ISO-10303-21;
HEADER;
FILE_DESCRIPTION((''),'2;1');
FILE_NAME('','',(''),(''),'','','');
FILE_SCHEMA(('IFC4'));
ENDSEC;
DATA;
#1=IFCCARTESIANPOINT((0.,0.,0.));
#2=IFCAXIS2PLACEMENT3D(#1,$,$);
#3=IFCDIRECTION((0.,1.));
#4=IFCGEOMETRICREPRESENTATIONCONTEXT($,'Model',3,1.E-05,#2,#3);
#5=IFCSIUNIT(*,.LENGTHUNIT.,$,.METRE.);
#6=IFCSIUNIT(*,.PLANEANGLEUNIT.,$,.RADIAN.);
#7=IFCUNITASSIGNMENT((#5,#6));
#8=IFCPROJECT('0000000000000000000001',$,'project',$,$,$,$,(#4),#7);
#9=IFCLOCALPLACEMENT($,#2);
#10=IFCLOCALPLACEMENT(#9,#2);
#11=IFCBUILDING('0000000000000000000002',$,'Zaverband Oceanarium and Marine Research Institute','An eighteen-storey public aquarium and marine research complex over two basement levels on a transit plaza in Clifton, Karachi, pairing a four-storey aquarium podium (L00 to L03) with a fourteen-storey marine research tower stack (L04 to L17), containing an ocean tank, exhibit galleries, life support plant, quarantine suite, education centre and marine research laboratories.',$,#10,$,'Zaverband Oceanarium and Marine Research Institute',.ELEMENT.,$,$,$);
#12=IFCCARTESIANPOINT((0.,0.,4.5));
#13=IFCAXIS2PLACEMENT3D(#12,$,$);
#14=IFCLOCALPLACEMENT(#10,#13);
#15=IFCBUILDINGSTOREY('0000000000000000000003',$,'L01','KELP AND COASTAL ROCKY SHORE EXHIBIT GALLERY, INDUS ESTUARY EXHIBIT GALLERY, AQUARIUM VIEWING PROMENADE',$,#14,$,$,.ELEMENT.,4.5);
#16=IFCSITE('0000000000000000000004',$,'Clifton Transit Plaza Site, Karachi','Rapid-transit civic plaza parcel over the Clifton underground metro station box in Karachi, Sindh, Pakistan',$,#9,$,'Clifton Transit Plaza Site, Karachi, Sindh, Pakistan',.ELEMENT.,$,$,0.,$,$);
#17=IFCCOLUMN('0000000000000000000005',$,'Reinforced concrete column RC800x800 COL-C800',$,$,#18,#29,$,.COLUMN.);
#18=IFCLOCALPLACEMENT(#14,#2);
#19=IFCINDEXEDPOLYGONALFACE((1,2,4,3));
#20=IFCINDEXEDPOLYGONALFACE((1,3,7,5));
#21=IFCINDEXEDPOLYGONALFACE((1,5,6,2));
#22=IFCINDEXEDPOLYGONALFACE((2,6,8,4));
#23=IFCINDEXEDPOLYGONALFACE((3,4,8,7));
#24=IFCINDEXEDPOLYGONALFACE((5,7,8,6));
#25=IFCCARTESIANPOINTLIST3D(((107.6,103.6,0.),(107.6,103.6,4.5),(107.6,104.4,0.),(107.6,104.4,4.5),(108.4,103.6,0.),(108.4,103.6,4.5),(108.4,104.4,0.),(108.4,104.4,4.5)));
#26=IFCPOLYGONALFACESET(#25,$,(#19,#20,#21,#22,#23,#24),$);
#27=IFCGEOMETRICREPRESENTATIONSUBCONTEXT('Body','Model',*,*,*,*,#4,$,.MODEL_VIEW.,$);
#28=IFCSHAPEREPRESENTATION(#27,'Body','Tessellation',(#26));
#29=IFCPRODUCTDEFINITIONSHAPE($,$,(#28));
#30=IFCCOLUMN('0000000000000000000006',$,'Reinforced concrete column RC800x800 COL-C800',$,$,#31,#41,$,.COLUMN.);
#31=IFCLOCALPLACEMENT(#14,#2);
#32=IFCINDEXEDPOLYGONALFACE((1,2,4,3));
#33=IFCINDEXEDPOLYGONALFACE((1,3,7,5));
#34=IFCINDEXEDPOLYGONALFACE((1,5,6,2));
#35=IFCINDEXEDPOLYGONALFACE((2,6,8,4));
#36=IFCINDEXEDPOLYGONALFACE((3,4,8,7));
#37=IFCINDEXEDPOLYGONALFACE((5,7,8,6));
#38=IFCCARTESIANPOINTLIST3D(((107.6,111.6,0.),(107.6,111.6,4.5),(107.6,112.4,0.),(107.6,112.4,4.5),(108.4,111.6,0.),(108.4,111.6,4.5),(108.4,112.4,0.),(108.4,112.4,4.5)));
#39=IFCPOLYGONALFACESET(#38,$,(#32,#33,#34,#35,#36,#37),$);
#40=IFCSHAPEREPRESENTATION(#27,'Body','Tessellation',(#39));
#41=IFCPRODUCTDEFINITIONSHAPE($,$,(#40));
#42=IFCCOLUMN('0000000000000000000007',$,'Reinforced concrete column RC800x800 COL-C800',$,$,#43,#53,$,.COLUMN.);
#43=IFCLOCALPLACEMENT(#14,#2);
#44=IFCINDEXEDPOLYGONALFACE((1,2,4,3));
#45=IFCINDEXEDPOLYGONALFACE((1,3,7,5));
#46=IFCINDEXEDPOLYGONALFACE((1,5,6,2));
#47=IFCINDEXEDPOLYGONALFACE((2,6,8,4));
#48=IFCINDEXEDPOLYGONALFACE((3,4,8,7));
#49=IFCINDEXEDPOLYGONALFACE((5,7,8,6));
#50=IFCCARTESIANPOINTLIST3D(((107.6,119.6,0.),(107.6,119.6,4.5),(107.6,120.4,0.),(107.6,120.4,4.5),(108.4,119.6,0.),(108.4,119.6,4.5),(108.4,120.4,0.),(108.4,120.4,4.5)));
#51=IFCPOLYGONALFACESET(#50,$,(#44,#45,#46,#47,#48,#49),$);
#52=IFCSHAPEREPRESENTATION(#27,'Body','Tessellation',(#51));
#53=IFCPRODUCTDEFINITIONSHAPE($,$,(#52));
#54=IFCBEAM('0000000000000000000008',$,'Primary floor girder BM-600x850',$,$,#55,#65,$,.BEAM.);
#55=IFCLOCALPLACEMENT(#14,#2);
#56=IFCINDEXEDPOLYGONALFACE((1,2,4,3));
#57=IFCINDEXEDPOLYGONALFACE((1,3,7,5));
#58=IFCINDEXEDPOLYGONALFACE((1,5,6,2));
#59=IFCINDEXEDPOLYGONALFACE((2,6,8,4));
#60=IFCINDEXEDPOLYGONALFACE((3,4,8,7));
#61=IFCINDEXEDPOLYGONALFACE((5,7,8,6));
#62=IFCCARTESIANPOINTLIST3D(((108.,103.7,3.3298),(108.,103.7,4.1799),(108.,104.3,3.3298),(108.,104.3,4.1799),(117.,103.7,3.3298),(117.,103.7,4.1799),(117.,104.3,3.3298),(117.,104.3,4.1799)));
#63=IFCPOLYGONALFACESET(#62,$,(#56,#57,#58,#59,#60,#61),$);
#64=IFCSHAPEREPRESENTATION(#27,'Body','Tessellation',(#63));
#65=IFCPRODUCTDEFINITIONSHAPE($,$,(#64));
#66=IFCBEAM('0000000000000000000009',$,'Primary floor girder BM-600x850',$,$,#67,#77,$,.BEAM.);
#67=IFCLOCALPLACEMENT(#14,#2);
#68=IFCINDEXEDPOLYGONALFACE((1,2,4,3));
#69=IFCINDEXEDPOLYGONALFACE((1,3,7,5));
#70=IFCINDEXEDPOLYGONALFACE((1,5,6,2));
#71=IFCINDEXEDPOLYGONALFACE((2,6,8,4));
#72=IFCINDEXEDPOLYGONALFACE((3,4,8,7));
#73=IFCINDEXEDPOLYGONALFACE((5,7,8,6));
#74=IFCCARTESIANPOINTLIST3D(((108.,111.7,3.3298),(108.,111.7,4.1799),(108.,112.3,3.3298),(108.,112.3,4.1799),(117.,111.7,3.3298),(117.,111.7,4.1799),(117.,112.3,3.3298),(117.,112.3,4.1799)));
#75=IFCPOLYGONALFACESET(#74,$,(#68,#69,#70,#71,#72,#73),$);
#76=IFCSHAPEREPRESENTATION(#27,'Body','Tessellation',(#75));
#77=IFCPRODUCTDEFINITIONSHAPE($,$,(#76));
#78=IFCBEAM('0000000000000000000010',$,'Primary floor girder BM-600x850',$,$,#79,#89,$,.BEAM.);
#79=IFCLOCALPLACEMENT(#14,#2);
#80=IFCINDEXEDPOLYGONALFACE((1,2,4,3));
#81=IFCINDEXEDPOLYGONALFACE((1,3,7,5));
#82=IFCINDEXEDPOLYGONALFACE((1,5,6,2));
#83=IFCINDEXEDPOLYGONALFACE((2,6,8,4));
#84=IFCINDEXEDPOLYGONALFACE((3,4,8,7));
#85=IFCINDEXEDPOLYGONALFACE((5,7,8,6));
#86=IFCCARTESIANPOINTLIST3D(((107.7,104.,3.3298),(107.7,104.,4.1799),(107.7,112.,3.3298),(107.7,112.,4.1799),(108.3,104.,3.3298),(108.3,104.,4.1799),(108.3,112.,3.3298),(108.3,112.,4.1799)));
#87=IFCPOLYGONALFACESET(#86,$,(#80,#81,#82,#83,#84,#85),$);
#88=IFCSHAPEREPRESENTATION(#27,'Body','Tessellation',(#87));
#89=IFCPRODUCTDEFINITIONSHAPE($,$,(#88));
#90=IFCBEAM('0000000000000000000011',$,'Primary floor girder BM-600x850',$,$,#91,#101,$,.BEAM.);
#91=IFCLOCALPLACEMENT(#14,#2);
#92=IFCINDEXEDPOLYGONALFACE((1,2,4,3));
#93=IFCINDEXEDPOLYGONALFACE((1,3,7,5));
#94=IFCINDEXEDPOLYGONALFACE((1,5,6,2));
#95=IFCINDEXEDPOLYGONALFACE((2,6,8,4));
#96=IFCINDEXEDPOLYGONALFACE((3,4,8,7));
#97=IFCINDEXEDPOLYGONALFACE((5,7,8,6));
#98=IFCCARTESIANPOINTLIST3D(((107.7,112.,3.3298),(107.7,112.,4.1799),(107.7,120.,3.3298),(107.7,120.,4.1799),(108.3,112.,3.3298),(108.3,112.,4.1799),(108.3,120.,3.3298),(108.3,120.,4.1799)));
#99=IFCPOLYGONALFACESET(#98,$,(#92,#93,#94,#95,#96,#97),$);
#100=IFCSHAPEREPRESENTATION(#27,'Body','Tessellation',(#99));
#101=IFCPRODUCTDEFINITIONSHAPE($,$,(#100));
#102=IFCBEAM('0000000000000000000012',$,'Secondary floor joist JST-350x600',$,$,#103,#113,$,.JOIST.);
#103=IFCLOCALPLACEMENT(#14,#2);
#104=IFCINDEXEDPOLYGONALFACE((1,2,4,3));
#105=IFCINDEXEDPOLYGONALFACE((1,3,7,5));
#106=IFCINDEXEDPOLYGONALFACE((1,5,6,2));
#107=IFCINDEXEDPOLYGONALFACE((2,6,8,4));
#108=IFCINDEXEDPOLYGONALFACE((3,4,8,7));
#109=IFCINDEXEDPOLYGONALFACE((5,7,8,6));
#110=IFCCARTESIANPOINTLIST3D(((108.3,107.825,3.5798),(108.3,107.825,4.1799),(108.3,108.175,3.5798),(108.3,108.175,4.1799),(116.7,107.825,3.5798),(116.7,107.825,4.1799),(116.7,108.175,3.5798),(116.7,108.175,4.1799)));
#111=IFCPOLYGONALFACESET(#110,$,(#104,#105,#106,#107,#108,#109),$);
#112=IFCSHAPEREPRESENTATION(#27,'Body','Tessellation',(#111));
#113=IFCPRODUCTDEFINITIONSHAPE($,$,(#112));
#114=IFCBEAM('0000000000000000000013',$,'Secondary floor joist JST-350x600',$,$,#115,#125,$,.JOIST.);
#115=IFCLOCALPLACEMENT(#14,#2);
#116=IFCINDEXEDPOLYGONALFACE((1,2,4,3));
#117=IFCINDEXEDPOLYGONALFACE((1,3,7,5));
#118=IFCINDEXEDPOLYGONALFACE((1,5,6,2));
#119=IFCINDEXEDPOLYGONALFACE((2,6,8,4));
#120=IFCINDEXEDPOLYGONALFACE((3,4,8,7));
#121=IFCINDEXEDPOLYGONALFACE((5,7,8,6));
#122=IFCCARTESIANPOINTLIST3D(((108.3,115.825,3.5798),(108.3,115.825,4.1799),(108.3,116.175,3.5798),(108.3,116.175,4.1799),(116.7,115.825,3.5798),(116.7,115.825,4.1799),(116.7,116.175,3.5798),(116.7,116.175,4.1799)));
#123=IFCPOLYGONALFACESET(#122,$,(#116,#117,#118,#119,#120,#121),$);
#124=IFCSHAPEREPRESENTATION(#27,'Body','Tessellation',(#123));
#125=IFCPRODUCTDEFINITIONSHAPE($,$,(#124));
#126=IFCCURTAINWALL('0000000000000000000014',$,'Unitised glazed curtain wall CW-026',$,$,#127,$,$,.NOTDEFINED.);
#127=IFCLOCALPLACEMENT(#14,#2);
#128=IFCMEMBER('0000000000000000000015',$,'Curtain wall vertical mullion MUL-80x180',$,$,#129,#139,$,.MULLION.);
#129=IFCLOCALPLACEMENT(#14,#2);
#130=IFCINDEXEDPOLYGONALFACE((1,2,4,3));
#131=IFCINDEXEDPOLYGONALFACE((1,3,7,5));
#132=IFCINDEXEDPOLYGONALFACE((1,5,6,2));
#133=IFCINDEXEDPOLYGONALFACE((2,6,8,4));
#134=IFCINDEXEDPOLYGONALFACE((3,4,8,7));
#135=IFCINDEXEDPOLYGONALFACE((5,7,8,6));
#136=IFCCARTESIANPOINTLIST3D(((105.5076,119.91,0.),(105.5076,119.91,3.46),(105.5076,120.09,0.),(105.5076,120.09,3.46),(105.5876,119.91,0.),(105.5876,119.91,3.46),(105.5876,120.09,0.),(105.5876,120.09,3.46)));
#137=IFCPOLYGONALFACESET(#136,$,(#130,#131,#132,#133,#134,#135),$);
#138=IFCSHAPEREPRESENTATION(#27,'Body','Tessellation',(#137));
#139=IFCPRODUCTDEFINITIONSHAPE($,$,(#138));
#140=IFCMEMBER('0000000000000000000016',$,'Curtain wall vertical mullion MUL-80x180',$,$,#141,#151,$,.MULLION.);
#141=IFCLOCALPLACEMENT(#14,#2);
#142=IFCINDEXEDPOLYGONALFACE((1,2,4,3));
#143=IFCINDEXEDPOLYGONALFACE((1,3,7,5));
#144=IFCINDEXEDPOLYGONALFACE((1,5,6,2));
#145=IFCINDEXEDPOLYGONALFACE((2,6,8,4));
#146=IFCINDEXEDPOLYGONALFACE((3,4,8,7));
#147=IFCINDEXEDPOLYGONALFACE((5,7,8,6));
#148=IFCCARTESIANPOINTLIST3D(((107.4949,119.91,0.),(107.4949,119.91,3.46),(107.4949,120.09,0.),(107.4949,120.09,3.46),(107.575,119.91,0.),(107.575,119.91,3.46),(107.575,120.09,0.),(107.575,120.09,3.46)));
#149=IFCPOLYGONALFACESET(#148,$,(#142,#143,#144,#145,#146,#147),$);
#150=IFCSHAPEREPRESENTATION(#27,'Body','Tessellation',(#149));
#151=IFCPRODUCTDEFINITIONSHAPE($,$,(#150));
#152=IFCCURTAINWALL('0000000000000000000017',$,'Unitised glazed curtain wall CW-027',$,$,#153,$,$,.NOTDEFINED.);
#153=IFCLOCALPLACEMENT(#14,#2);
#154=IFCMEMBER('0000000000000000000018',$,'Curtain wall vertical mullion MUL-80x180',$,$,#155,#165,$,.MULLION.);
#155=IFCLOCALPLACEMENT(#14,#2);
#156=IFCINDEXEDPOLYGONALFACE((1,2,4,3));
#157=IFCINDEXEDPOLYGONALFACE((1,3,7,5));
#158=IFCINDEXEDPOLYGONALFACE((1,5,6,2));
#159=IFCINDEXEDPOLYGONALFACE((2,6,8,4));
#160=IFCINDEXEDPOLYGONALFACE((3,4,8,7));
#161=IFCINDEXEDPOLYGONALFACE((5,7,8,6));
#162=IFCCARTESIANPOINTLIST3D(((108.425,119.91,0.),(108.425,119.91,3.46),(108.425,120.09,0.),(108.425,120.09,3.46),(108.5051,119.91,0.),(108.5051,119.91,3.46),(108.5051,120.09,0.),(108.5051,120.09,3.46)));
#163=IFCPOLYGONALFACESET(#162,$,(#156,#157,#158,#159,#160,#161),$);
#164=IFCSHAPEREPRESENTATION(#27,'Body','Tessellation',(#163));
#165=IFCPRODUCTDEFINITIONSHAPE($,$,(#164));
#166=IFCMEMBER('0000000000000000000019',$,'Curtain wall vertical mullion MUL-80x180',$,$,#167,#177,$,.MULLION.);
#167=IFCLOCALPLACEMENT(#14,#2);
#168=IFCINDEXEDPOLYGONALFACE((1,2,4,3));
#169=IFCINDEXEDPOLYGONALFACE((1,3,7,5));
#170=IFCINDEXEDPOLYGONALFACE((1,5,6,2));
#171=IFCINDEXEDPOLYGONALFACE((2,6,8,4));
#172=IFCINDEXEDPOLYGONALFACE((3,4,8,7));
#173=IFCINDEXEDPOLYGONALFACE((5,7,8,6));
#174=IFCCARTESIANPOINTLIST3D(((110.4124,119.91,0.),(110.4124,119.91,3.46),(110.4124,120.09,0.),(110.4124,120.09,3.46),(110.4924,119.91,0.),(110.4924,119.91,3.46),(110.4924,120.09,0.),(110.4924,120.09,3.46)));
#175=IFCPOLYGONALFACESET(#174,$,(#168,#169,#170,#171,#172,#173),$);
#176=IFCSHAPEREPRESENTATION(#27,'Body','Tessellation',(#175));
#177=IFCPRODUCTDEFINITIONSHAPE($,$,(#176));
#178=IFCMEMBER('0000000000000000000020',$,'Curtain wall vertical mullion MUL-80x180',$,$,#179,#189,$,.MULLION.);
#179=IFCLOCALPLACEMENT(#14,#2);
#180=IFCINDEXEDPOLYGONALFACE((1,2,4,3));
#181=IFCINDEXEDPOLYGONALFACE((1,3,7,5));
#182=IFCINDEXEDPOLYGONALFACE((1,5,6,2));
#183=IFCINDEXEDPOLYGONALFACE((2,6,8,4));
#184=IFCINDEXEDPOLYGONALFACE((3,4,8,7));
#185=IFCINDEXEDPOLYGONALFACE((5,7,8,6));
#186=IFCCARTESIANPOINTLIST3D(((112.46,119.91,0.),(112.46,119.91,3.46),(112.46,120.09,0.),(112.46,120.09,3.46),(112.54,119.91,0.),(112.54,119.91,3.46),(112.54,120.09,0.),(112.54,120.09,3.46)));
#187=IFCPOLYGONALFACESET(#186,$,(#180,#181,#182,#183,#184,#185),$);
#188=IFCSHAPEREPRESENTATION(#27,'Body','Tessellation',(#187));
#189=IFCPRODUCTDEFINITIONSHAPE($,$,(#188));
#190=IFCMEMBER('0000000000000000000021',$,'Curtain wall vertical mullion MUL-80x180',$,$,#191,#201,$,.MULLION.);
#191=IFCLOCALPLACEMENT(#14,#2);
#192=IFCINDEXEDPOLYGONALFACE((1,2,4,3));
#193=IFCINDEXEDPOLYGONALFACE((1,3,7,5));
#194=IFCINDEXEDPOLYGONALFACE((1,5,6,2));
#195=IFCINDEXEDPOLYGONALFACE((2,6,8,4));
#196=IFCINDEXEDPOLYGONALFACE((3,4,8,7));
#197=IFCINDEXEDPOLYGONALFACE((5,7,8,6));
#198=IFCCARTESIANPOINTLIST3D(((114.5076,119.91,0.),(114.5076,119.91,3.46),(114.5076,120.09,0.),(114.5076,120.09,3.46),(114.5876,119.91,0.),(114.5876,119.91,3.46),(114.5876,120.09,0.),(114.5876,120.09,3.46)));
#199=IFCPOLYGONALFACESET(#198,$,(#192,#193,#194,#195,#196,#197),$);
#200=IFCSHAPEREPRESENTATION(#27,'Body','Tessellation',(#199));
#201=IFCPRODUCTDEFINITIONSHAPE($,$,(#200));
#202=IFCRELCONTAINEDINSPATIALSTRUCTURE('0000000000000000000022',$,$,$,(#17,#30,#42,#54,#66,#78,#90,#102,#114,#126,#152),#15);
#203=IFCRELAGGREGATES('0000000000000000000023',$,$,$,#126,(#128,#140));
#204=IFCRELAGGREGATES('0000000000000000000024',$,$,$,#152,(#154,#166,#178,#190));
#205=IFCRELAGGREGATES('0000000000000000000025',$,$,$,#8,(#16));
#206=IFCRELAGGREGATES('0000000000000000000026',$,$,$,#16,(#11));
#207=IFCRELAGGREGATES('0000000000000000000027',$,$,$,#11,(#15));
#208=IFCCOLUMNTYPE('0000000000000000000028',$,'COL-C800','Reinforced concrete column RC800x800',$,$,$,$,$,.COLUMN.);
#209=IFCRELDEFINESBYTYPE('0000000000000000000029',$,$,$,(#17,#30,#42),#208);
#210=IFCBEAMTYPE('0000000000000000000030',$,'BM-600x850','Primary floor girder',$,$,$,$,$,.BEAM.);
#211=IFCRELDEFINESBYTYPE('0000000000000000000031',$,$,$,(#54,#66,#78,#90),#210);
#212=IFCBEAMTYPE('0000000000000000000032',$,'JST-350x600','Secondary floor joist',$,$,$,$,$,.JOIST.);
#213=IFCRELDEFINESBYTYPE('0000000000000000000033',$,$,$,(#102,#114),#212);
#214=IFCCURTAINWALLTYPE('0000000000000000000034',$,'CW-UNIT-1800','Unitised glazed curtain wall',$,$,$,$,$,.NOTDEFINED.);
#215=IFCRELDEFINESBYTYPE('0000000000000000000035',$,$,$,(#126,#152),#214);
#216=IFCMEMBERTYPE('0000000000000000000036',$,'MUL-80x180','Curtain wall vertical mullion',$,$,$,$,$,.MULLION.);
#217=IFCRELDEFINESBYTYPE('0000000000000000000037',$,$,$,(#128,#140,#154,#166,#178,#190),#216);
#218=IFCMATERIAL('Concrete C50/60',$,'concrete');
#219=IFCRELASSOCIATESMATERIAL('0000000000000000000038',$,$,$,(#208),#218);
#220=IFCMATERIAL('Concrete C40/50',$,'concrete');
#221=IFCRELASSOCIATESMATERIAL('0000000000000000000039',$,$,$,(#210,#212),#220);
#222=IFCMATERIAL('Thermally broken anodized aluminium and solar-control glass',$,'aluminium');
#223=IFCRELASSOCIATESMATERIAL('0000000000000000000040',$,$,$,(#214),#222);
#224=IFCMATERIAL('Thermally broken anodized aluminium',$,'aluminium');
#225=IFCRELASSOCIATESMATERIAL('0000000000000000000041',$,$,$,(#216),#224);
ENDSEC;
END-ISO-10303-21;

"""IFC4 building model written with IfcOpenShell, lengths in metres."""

from ifc_helpers import new_model, si_unit, direction, frame, origin, origin_2d, place, context, subcontext, project, spatial, rectangle, extrude, material, material_profile, profile_set, type_object, element, aggregate, save


model = new_model("IFC4")

# Units and contexts
model_context = context("Model", 3, precision=1e-05, world=origin(), true_north=direction((0.0, 1.0)))
body_context = subcontext(model_context, "Body", "Model", "MODEL_VIEW")
ifc_project = project(units=[si_unit("LENGTHUNIT", "METRE"), si_unit("PLANEANGLEUNIT", "RADIAN")], contexts=[model_context])

# Site, building, storey
site_placement = place(None, origin())
site = spatial("IfcSite", under=ifc_project, at=site_placement, Name="Clifton Transit Plaza Site, Karachi", Description="Rapid-transit civic plaza parcel over the Clifton underground metro station box in Karachi, Sindh, Pakistan", LongName="Clifton Transit Plaza Site, Karachi, Sindh, Pakistan", CompositionType="ELEMENT", RefElevation=0.0)
building_placement = place(site_placement, origin())
building = spatial("IfcBuilding", under=site, at=building_placement, Name="Zaverband Oceanarium and Marine Research Institute", Description="An eighteen-storey public aquarium and marine research complex over two basement levels on a transit plaza in Clifton, Karachi, pairing a four-storey aquarium podium (L00 to L03) with a fourteen-storey marine research tower stack (L04 to L17), containing an ocean tank, exhibit galleries, life support plant, quarantine suite, education centre and marine research laboratories.", LongName="Zaverband Oceanarium and Marine Research Institute", CompositionType="ELEMENT")
storey_placement = place(building_placement, frame((0.0, 0.0, 4.5)))
storey = spatial("IfcBuildingStorey", under=building, at=storey_placement, Name="L01", Description="KELP AND COASTAL ROCKY SHORE EXHIBIT GALLERY, INDUS ESTUARY EXHIBIT GALLERY, AQUARIUM VIEWING PROMENADE", CompositionType="ELEMENT", Elevation=4.5)

# Columns
ifc_material_1 = material(Name="Concrete C50/60", Category="concrete")
ifc_material_profile_1 = material_profile(ifc_material_1, rectangle(XDim=0.8, YDim=0.8, at=origin_2d()), Name="RC800x800")
ifc_profile_set_1 = profile_set([ifc_material_profile_1], Name="Concrete C50/60")
column_type = type_object("IfcColumnType", Name="COL-C800", Description="Reinforced concrete column RC800x800", PredefinedType="COLUMN", material=ifc_profile_set_1)
for number, where, z_axis, x_axis, name in (
    (1, (108.0, 104.0, 0.0), (0.0, 0.0, 1.0), (1.0, 0.0, 0.0), "Reinforced concrete column RC800x800 COL-C800"),
    (2, (108.0, 112.0, 0.0), (0.0, 0.0, 1.0), (1.0, 0.0, 0.0), "Reinforced concrete column RC800x800 COL-C800"),
    (3, (108.0, 120.0, 0.0), (0.0, 0.0, 1.0), (1.0, 0.0, 0.0), "Reinforced concrete column RC800x800 COL-C800"),
):
    element("IfcColumn", number, at=place(storey_placement, frame(where, z_axis=z_axis, x_axis=x_axis)), inside=storey, type_object=column_type, Name=name, PredefinedType="COLUMN", context=body_context, shape_type="SweptSolid", body=[
        extrude(rectangle(XDim=0.8, YDim=0.8, at=origin_2d()), origin(), (0.0, 0.0, 1.0), 4.5),
    ])

# Beams
ifc_material_2 = material(Name="Concrete C40/50", Category="concrete")
ifc_material_profile_2 = material_profile(ifc_material_2, rectangle(XDim=0.6001, YDim=0.8501, at=origin_2d()), Name="RC600x850")
ifc_profile_set_2 = profile_set([ifc_material_profile_2], Name="Concrete C40/50")
beam_type_1 = type_object("IfcBeamType", Name="BM-600x850", Description="Primary floor girder", PredefinedType="BEAM", material=ifc_profile_set_2)
for number, where, z_axis, x_axis, name in (
    (4, (108.0, 104.0, 3.7549), (1.0, 0.0, 0.0), (0.0, 1.0, 0.0), "Primary floor girder BM-600x850"),
    (5, (108.0, 112.0, 3.7549), (1.0, 0.0, 0.0), (0.0, 1.0, 0.0), "Primary floor girder BM-600x850"),
):
    element("IfcBeam", number, at=place(storey_placement, frame(where, z_axis=z_axis, x_axis=x_axis)), inside=storey, type_object=beam_type_1, Name=name, PredefinedType="BEAM", context=body_context, shape_type="SweptSolid", body=[
        extrude(rectangle(XDim=0.6001, YDim=0.8501, at=origin_2d()), origin(), (0.0, 0.0, 1.0), 9.0),
    ])
for number, where, z_axis, x_axis, name in (
    (6, (108.0, 104.0, 3.7549), (0.0, 1.0, 0.0), (-1.0, 0.0, 0.0), "Primary floor girder BM-600x850"),
    (7, (108.0, 112.0, 3.7549), (0.0, 1.0, 0.0), (-1.0, 0.0, 0.0), "Primary floor girder BM-600x850"),
):
    element("IfcBeam", number, at=place(storey_placement, frame(where, z_axis=z_axis, x_axis=x_axis)), inside=storey, type_object=beam_type_1, Name=name, PredefinedType="BEAM", context=body_context, shape_type="SweptSolid", body=[
        extrude(rectangle(XDim=0.6001, YDim=0.8501, at=origin_2d()), origin(), (0.0, 0.0, 1.0), 8.0),
    ])
ifc_material_profile_3 = material_profile(ifc_material_2, rectangle(XDim=0.3501, YDim=0.6001, at=origin_2d()), Name="RC350x600")
ifc_profile_set_3 = profile_set([ifc_material_profile_3], Name="Concrete C40/50")
beam_type_2 = type_object("IfcBeamType", Name="JST-350x600", Description="Secondary floor joist", PredefinedType="JOIST", material=ifc_profile_set_3)
for number, where, z_axis, x_axis, name in (
    (8, (108.3, 108.0, 3.8799), (1.0, 0.0, 0.0), (0.0, 1.0, 0.0), "Secondary floor joist JST-350x600"),
    (9, (108.3, 116.0, 3.8799), (1.0, 0.0, 0.0), (0.0, 1.0, 0.0), "Secondary floor joist JST-350x600"),
):
    element("IfcBeam", number, at=place(storey_placement, frame(where, z_axis=z_axis, x_axis=x_axis)), inside=storey, type_object=beam_type_2, Name=name, PredefinedType="JOIST", context=body_context, shape_type="SweptSolid", body=[
        extrude(rectangle(XDim=0.3501, YDim=0.6001, at=origin_2d()), origin(), (0.0, 0.0, 1.0), 8.3999),
    ])

# Curtain walls, members
ifc_material_3 = material(Name="Thermally broken anodized aluminium and solar-control glass", Category="aluminium")
curtain_wall_type = type_object("IfcCurtainWallType", Name="CW-UNIT-1800", Description="Unitised glazed curtain wall", PredefinedType="NOTDEFINED", material=ifc_material_3)
curtain_wall_1_placement = place(storey_placement, origin())
curtain_wall_1 = element("IfcCurtainWall", 10, at=curtain_wall_1_placement, inside=storey, type_object=curtain_wall_type, Name="Unitised glazed curtain wall CW-026", PredefinedType="NOTDEFINED")
ifc_material_4 = material(Name="Thermally broken anodized aluminium", Category="aluminium")
ifc_material_profile_4 = material_profile(ifc_material_4, rectangle(XDim=0.0801, YDim=0.1799, at=origin_2d()), Name="AL-MUL-80x180")
ifc_profile_set_4 = profile_set([ifc_material_profile_4], Name="Thermally broken anodized aluminium")
member_type_1 = type_object("IfcMemberType", Name="MUL-80x180", Description="Curtain wall vertical mullion", PredefinedType="MULLION", material=ifc_profile_set_4)
member_1_placement = place(storey_placement, frame((105.5476, 120.0, 0.0), z_axis=(0.0, 0.0, 1.0), x_axis=(1.0, 0.0, 0.0)))
member_1 = element("IfcMember", 11, at=member_1_placement, type_object=member_type_1, Name="Curtain wall vertical mullion MUL-80x180", PredefinedType="MULLION", context=body_context, shape_type="SweptSolid", body=[
    extrude(rectangle(XDim=0.0801, YDim=0.1799, at=origin_2d()), origin(), (0.0, 0.0, 1.0), 3.46),
])
member_2_placement = place(storey_placement, frame((107.5349, 120.0, 0.0), z_axis=(0.0, 0.0, 1.0), x_axis=(1.0, 0.0, 0.0)))
member_2 = element("IfcMember", 12, at=member_2_placement, type_object=member_type_1, Name="Curtain wall vertical mullion MUL-80x180", PredefinedType="MULLION", context=body_context, shape_type="SweptSolid", body=[
    extrude(rectangle(XDim=0.0801, YDim=0.1799, at=origin_2d()), origin(), (0.0, 0.0, 1.0), 3.46),
])
curtain_wall_2_placement = place(storey_placement, origin())
curtain_wall_2 = element("IfcCurtainWall", 13, at=curtain_wall_2_placement, inside=storey, type_object=curtain_wall_type, Name="Unitised glazed curtain wall CW-027", PredefinedType="NOTDEFINED")
member_3_placement = place(storey_placement, frame((108.4651, 120.0, 0.0), z_axis=(0.0, 0.0, 1.0), x_axis=(1.0, 0.0, 0.0)))
member_3 = element("IfcMember", 14, at=member_3_placement, type_object=member_type_1, Name="Curtain wall vertical mullion MUL-80x180", PredefinedType="MULLION", context=body_context, shape_type="SweptSolid", body=[
    extrude(rectangle(XDim=0.0801, YDim=0.1799, at=origin_2d()), origin(), (0.0, 0.0, 1.0), 3.46),
])
member_4_placement = place(storey_placement, frame((110.4524, 120.0, 0.0), z_axis=(0.0, 0.0, 1.0), x_axis=(1.0, 0.0, 0.0)))
member_4 = element("IfcMember", 15, at=member_4_placement, type_object=member_type_1, Name="Curtain wall vertical mullion MUL-80x180", PredefinedType="MULLION", context=body_context, shape_type="SweptSolid", body=[
    extrude(rectangle(XDim=0.0801, YDim=0.1799, at=origin_2d()), origin(), (0.0, 0.0, 1.0), 3.46),
])
member_5_placement = place(storey_placement, frame((112.5, 120.0, 0.0), z_axis=(0.0, 0.0, 1.0), x_axis=(1.0, 0.0, 0.0)))
member_5 = element("IfcMember", 16, at=member_5_placement, type_object=member_type_1, Name="Curtain wall vertical mullion MUL-80x180", PredefinedType="MULLION", context=body_context, shape_type="SweptSolid", body=[
    extrude(rectangle(XDim=0.0801, YDim=0.1799, at=origin_2d()), origin(), (0.0, 0.0, 1.0), 3.46),
])
member_6_placement = place(storey_placement, frame((114.5476, 120.0, 0.0), z_axis=(0.0, 0.0, 1.0), x_axis=(1.0, 0.0, 0.0)))
member_6 = element("IfcMember", 17, at=member_6_placement, type_object=member_type_1, Name="Curtain wall vertical mullion MUL-80x180", PredefinedType="MULLION", context=body_context, shape_type="SweptSolid", body=[
    extrude(rectangle(XDim=0.0801, YDim=0.1799, at=origin_2d()), origin(), (0.0, 0.0, 1.0), 3.46),
])

aggregate(curtain_wall_1, [member_1, member_2])
aggregate(curtain_wall_2, [member_3, member_4, member_5, member_6])

save(model, "model.ifc")
